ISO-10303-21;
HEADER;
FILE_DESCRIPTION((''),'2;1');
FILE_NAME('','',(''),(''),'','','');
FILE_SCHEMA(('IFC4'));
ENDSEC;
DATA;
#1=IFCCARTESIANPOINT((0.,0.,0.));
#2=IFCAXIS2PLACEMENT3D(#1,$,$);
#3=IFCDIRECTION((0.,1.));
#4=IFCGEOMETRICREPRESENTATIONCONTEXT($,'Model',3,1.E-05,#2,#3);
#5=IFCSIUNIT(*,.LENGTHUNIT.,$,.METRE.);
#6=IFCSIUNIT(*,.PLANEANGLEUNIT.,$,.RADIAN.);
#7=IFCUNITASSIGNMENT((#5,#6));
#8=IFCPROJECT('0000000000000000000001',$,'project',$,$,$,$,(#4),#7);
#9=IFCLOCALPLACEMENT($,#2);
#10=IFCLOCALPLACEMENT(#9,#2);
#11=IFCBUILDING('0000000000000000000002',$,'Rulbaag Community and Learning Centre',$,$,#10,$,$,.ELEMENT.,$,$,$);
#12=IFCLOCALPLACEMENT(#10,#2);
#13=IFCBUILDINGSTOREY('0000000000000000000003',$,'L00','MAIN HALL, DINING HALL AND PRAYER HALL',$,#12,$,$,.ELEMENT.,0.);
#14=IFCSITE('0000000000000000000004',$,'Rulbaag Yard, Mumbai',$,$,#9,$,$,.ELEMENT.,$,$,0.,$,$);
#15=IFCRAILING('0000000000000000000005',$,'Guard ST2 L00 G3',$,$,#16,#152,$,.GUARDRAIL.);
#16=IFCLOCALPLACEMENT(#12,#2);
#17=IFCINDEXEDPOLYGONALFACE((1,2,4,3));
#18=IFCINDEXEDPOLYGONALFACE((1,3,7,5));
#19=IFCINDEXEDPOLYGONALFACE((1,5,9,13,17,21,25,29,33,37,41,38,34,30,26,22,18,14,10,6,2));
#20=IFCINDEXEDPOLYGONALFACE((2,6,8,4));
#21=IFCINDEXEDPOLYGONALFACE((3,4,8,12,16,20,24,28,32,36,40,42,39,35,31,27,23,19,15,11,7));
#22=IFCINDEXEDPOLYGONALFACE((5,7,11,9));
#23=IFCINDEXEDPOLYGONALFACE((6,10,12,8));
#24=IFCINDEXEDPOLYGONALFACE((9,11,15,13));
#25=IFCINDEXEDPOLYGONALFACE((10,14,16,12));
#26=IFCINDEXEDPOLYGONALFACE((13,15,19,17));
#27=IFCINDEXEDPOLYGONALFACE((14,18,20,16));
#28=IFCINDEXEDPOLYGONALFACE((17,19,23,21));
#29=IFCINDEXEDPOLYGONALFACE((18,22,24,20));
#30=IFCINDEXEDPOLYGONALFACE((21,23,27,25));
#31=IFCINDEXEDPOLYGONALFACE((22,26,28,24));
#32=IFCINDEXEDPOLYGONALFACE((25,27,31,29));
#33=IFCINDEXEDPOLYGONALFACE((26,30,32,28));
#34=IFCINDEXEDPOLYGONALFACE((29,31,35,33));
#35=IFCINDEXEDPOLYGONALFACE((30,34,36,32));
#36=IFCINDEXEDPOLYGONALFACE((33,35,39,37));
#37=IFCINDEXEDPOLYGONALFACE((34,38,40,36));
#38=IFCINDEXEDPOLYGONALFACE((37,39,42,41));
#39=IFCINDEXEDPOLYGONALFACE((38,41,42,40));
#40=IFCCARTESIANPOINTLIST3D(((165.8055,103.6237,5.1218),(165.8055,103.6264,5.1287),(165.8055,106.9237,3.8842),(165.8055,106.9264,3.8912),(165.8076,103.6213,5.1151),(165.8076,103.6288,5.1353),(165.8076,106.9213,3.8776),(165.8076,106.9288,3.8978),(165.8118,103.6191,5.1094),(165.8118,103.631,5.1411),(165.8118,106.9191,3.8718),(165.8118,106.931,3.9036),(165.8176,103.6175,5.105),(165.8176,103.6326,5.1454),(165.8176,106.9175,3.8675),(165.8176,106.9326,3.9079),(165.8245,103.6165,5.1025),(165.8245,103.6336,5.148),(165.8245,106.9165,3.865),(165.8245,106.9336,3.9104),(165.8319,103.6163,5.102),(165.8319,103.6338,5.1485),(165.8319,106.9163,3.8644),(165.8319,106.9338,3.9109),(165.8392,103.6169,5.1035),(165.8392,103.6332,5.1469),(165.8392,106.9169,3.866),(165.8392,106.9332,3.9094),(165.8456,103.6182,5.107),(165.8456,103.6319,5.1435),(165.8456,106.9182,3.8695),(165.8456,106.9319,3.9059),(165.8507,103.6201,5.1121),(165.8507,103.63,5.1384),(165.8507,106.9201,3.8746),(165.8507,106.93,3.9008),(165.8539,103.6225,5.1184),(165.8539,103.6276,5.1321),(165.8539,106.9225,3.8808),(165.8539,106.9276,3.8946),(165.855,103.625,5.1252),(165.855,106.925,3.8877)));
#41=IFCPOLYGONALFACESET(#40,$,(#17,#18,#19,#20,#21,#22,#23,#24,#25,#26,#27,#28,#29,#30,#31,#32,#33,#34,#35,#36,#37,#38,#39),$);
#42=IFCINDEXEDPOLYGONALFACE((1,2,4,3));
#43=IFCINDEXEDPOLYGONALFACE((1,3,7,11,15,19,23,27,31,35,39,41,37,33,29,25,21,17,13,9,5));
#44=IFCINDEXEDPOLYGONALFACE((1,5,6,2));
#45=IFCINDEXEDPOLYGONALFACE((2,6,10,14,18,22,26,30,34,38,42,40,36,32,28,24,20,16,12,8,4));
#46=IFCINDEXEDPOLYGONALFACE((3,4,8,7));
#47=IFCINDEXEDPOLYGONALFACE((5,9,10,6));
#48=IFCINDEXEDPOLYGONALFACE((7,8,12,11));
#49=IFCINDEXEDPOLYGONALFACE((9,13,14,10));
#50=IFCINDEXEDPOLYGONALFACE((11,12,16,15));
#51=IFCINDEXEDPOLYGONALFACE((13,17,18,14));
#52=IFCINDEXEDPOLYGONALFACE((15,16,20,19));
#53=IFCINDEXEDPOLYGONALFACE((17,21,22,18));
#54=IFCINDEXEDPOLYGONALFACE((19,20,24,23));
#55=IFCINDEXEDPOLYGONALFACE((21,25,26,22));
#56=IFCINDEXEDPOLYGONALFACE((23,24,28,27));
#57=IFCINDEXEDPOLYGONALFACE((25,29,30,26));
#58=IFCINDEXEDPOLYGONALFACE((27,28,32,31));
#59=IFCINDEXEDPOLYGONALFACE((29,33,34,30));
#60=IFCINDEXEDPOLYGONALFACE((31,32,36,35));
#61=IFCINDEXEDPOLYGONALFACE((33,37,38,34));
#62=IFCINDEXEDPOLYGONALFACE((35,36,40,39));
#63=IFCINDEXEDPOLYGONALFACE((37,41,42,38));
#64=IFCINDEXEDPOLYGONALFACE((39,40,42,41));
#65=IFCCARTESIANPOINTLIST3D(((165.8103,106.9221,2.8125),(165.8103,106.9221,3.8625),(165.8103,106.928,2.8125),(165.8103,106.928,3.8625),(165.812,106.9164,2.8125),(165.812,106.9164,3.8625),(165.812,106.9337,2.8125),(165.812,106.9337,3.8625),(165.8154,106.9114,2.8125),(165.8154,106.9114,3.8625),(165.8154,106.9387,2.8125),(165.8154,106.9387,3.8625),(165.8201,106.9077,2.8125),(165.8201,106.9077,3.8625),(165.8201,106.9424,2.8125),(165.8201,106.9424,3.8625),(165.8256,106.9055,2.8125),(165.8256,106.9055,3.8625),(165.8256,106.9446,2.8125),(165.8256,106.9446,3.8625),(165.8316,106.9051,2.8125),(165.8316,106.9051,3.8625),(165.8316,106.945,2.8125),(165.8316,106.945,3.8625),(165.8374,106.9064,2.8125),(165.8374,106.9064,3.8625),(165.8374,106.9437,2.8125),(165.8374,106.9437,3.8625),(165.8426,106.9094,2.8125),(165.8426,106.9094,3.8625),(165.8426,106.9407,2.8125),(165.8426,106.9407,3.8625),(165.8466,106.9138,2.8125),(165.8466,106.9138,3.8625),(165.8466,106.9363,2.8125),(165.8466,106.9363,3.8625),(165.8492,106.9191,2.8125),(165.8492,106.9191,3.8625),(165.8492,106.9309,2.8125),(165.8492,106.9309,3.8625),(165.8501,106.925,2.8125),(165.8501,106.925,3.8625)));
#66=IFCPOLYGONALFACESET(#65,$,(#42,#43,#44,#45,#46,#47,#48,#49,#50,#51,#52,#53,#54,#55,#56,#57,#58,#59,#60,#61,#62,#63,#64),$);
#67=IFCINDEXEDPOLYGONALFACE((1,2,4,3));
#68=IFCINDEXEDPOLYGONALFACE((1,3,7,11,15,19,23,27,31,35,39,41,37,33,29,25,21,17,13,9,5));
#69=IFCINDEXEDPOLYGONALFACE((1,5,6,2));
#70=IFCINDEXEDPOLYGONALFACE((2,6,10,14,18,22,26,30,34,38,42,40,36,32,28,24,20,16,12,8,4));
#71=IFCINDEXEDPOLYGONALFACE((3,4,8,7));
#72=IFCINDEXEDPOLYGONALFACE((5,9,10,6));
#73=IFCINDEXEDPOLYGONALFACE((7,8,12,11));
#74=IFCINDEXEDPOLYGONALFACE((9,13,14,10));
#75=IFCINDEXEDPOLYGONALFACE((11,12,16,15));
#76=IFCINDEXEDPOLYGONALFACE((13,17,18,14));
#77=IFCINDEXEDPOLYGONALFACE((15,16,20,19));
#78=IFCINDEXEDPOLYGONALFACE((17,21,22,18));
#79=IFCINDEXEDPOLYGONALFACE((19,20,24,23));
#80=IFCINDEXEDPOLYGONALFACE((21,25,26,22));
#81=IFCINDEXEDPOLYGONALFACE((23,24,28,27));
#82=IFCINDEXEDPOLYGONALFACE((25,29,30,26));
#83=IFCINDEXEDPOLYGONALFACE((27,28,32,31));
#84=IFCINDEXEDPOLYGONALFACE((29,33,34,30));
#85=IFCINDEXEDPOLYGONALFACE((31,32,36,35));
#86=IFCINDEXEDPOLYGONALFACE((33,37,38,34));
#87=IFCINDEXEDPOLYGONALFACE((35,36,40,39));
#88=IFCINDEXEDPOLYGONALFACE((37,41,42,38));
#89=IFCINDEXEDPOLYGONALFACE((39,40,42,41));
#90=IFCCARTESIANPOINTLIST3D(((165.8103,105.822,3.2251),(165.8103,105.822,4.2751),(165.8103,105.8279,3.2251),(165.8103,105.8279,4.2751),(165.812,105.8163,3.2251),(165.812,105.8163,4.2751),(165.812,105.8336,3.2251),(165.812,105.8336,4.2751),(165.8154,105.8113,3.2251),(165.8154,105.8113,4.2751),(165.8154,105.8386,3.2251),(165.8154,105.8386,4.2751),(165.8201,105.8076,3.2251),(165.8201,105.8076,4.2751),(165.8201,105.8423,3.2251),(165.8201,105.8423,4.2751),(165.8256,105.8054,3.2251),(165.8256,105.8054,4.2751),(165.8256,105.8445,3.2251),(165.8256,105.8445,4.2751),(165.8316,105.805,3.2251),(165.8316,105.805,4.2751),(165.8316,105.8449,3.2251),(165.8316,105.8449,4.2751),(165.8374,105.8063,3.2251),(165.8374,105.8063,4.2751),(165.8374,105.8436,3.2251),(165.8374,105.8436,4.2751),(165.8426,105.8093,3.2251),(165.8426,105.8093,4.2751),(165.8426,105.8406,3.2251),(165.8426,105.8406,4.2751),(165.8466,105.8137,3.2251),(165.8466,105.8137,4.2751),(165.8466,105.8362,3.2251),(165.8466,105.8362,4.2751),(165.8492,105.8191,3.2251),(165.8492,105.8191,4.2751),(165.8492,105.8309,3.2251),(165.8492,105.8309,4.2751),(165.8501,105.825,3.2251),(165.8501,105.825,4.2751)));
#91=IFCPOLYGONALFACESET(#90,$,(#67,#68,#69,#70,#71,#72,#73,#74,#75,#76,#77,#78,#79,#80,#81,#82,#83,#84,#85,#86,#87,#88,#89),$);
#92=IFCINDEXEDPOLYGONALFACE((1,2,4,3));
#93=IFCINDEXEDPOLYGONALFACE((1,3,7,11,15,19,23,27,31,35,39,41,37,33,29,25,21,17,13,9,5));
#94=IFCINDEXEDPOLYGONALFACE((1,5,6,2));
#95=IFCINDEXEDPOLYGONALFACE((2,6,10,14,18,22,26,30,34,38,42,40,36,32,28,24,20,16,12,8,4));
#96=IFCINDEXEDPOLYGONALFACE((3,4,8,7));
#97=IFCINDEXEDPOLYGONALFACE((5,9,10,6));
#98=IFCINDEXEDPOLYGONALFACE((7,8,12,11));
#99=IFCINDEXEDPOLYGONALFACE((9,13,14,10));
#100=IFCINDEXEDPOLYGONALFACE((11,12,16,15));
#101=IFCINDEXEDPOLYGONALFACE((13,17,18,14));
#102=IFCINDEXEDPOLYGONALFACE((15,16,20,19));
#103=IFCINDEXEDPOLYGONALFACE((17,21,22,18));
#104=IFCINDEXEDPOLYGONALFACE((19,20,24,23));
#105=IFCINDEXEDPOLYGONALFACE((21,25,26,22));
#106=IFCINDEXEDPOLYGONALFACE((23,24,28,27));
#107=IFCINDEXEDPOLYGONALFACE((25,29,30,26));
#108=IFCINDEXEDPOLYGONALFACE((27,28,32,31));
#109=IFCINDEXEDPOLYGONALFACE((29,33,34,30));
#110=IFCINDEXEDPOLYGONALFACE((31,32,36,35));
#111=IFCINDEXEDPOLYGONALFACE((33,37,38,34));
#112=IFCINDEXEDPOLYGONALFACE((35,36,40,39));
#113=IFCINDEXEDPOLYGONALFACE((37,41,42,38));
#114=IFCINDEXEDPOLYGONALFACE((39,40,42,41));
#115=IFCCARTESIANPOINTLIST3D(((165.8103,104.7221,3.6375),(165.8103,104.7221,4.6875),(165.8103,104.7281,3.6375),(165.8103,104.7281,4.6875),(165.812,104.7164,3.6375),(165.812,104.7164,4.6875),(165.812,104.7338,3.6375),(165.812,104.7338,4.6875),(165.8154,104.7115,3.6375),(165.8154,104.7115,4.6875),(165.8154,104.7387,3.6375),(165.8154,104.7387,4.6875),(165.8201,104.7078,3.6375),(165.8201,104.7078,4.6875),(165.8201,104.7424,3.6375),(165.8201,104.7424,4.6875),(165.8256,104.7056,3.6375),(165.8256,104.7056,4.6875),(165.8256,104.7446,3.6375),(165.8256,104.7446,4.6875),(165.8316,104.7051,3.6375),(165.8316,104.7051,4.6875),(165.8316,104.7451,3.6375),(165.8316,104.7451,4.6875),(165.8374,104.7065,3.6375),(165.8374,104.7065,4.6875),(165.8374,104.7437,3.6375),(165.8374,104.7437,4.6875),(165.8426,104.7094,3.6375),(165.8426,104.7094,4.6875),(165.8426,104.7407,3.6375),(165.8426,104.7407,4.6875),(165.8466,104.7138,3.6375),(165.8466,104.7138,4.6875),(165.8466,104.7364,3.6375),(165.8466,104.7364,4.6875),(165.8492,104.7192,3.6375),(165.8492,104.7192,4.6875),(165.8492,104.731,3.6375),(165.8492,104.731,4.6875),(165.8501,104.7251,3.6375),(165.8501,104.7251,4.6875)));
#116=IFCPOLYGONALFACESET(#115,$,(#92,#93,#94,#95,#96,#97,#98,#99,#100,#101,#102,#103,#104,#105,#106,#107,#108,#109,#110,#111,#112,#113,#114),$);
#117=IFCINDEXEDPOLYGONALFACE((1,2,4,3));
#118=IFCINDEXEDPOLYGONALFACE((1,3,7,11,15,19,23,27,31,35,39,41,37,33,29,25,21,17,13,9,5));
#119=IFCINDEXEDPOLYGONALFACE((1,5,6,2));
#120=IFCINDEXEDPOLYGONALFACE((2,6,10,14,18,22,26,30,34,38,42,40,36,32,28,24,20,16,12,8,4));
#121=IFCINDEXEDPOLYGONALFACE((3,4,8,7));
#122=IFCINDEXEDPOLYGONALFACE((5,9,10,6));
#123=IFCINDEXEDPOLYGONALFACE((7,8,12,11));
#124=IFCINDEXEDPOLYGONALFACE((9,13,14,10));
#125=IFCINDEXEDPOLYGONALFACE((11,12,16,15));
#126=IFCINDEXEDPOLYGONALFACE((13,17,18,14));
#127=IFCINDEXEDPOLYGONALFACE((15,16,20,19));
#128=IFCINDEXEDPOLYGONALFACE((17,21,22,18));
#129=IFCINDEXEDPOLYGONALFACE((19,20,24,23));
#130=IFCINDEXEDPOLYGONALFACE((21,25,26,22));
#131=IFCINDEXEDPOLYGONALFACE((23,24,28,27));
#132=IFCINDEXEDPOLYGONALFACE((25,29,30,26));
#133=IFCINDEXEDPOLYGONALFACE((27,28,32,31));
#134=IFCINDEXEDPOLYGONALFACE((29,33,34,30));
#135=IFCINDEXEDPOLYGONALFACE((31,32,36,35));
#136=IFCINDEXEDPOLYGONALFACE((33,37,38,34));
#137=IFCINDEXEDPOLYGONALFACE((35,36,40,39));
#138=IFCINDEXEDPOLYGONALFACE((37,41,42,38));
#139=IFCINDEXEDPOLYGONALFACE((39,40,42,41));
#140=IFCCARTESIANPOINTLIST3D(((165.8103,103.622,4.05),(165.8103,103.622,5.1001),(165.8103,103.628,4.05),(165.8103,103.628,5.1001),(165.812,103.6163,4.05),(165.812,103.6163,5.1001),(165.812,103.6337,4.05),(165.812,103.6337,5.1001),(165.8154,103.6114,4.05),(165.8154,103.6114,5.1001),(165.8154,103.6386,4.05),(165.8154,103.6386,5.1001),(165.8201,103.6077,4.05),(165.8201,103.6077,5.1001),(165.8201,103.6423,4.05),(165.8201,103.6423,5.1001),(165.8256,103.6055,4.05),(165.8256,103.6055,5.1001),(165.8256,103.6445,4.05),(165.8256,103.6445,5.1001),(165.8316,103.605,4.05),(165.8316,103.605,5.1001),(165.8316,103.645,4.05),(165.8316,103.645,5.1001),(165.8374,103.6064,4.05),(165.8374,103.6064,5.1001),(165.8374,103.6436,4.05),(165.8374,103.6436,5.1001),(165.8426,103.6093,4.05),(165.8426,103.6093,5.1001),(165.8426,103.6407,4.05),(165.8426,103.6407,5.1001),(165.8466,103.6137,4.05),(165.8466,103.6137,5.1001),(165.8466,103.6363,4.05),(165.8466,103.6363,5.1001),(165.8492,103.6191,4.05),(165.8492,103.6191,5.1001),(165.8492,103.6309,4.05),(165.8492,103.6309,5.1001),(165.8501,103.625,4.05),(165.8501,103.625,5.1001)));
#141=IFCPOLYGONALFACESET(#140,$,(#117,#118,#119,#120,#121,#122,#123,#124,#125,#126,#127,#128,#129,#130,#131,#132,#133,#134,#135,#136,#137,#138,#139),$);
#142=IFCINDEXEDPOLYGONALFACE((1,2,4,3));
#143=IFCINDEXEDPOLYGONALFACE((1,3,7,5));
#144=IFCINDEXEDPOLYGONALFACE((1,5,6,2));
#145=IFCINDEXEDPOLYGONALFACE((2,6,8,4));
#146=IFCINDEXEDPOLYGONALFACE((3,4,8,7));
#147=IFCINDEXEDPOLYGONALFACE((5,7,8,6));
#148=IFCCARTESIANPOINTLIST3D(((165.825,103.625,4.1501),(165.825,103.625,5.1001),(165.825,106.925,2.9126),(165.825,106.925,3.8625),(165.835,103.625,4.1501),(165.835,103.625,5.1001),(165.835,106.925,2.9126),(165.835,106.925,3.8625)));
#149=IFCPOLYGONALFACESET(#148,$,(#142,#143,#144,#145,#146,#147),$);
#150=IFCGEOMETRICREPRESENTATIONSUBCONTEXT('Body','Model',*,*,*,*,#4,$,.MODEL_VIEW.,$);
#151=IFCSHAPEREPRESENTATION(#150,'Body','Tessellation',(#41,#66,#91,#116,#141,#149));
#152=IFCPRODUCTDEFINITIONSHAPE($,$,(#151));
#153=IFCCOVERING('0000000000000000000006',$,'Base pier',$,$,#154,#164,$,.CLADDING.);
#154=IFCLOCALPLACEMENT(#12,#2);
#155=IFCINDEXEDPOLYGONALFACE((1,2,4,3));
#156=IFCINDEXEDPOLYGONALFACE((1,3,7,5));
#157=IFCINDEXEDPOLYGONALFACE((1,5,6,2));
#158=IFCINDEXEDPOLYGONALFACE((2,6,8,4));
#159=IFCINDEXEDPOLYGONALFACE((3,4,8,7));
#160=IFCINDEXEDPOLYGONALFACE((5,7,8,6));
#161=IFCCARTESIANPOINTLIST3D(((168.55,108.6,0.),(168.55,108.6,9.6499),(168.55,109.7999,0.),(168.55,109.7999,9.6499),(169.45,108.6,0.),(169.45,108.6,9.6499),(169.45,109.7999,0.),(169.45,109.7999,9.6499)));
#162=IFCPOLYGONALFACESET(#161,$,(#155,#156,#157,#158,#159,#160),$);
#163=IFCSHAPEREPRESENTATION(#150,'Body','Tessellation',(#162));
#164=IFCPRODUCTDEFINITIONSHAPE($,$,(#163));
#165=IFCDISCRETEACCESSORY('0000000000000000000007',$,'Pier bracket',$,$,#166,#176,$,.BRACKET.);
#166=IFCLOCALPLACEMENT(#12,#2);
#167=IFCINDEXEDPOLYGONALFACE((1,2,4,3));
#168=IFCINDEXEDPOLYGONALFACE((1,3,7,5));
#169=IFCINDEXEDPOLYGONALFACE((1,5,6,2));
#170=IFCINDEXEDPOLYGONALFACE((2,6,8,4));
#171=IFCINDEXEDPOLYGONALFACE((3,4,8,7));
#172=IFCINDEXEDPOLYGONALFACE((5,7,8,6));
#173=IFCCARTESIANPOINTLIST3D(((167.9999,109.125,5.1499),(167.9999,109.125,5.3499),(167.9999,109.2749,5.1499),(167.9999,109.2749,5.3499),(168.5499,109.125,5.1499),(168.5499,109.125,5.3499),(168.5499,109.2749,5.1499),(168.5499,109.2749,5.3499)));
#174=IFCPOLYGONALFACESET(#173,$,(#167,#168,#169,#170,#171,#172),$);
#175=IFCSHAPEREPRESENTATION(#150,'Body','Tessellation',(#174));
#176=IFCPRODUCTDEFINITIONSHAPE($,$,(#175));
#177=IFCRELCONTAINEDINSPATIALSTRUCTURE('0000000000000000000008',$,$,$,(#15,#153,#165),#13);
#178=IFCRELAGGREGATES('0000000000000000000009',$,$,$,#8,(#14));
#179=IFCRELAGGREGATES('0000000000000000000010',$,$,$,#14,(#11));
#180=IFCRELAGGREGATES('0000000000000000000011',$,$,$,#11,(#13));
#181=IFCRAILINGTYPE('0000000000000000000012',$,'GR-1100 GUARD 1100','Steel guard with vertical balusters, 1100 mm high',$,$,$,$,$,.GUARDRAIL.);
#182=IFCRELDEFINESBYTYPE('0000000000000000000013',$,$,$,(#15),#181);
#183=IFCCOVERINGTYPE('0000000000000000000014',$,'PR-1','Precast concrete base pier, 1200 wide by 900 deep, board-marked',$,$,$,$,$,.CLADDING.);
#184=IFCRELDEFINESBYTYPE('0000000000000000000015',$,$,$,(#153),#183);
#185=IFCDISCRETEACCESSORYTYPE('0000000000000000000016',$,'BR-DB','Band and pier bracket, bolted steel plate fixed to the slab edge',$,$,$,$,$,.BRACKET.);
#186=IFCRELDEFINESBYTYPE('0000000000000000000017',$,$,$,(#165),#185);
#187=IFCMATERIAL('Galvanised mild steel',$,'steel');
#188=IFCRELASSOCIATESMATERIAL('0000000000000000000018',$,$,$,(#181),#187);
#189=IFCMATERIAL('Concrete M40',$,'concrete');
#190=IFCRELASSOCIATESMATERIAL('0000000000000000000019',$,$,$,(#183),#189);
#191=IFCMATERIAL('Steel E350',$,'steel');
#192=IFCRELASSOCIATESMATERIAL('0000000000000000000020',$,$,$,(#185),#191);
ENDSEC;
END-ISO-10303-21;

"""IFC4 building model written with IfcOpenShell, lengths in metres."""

from ifc_helpers import new_model, si_unit, direction, frame, origin, origin_2d, place, context, subcontext, project, spatial, polyline, rectangle, circle, outline, extrude, material, type_object, element, save


model = new_model("IFC4")

# Units and contexts
model_context = context("Model", 3, precision=1e-05, world=origin(), true_north=direction((0.0, 1.0)))
body_context = subcontext(model_context, "Body", "Model", "MODEL_VIEW")
ifc_project = project(units=[si_unit("LENGTHUNIT", "METRE"), si_unit("PLANEANGLEUNIT", "RADIAN")], contexts=[model_context])

# Site, building, storey
site_placement = place(None, origin())
site = spatial("IfcSite", under=ifc_project, at=site_placement, Name="Rulbaag Yard, Mumbai", CompositionType="ELEMENT", RefElevation=0.0)
building_placement = place(site_placement, origin())
building = spatial("IfcBuilding", under=site, at=building_placement, Name="Rulbaag Community and Learning Centre", CompositionType="ELEMENT")
storey_placement = place(building_placement, origin())
storey = spatial("IfcBuildingStorey", under=building, at=storey_placement, Name="L00", Description="MAIN HALL, DINING HALL AND PRAYER HALL", CompositionType="ELEMENT", Elevation=0.0)

# Shared definitions
ifc_material_1 = material(Name="Concrete M40", Category="concrete")

# Railing
ifc_material_2 = material(Name="Galvanised mild steel", Category="steel")
railing_type_1 = type_object("IfcRailingType", Name="GR-1100 GUARD 1100", Description="Steel guard with vertical balusters, 1100 mm high", PredefinedType="GUARDRAIL", material=ifc_material_2)
for number, where, name in (
    (1, (165.8301, 106.925, 2.8125), "Guard ST2 L00 G3"),
):
    element("IfcRailing", number, at=place(storey_placement, frame(where)), inside=storey, type_object=railing_type_1, Name=name, PredefinedType="GUARDRAIL", context=body_context, shape_type="SweptSolid", body=[
        extrude(circle(Radius=0.0249, at=origin_2d()), frame((0.0, 0.0, 1.0752), z_axis=(0.0, -0.936326, 0.351131), x_axis=(1.0, 0.0, 0.0)), (0.0, 0.0, 1.0), 3.5244),
        extrude(circle(Radius=0.02, at=origin_2d()), origin(), (0.0, 0.0, 1.0), 1.05),
        extrude(circle(Radius=0.02, at=origin_2d()), frame((0.0, -1.1001, 0.4126)), (0.0, 0.0, 1.0), 1.05),
        extrude(circle(Radius=0.02, at=origin_2d()), frame((0.0, -2.2, 0.825)), (0.0, 0.0, 1.0), 1.05),
        extrude(circle(Radius=0.02, at=origin_2d()), frame((0.0, -3.3, 1.2375)), (0.0, 0.0, 1.0), 1.05),
        extrude(outline(polyline([(0.0, 0.0), (3.3, 1.2375), (3.3, 2.1875), (0.0, 0.95), (0.0, 0.0)])), frame((0.0049, 0.0, 0.1001), z_axis=(-1.0, 0.0, 0.0), x_axis=(0.0, -1.0, 0.0)), (0.0, 0.0, 1.0), 0.01),
    ])

# Covering
covering_type = type_object("IfcCoveringType", Name="PR-1", Description="Precast concrete base pier, 1200 wide by 900 deep, board-marked", PredefinedType="CLADDING", material=ifc_material_1)
covering_placement = place(storey_placement, frame((169.0, 109.2, 0.0), z_axis=(0.0, 0.0, 1.0), x_axis=(1.0, 0.0, 0.0)))
element("IfcCovering", 2, at=covering_placement, inside=storey, type_object=covering_type, Name="Base pier", PredefinedType="CLADDING", context=body_context, shape_type="SweptSolid", body=[
    extrude(rectangle(XDim=0.8999, YDim=1.2, at=origin_2d()), origin(), (0.0, 0.0, 1.0), 9.6499),
])

# Discrete accessory
ifc_material_3 = material(Name="Steel E350", Category="steel")
discrete_accessory_type = type_object("IfcDiscreteAccessoryType", Name="BR-DB", Description="Band and pier bracket, bolted steel plate fixed to the slab edge", PredefinedType="BRACKET", material=ifc_material_3)
discrete_accessory_placement = place(storey_placement, frame((168.2749, 109.2, 5.1499), z_axis=(0.0, 0.0, 1.0), x_axis=(1.0, 0.0, 0.0)))
element("IfcDiscreteAccessory", 3, at=discrete_accessory_placement, inside=storey, type_object=discrete_accessory_type, Name="Pier bracket", PredefinedType="BRACKET", context=body_context, shape_type="SweptSolid", body=[
    extrude(rectangle(XDim=0.55, YDim=0.1499, at=origin_2d()), origin(), (0.0, 0.0, 1.0), 0.2),
])

save(model, "model.ifc")
